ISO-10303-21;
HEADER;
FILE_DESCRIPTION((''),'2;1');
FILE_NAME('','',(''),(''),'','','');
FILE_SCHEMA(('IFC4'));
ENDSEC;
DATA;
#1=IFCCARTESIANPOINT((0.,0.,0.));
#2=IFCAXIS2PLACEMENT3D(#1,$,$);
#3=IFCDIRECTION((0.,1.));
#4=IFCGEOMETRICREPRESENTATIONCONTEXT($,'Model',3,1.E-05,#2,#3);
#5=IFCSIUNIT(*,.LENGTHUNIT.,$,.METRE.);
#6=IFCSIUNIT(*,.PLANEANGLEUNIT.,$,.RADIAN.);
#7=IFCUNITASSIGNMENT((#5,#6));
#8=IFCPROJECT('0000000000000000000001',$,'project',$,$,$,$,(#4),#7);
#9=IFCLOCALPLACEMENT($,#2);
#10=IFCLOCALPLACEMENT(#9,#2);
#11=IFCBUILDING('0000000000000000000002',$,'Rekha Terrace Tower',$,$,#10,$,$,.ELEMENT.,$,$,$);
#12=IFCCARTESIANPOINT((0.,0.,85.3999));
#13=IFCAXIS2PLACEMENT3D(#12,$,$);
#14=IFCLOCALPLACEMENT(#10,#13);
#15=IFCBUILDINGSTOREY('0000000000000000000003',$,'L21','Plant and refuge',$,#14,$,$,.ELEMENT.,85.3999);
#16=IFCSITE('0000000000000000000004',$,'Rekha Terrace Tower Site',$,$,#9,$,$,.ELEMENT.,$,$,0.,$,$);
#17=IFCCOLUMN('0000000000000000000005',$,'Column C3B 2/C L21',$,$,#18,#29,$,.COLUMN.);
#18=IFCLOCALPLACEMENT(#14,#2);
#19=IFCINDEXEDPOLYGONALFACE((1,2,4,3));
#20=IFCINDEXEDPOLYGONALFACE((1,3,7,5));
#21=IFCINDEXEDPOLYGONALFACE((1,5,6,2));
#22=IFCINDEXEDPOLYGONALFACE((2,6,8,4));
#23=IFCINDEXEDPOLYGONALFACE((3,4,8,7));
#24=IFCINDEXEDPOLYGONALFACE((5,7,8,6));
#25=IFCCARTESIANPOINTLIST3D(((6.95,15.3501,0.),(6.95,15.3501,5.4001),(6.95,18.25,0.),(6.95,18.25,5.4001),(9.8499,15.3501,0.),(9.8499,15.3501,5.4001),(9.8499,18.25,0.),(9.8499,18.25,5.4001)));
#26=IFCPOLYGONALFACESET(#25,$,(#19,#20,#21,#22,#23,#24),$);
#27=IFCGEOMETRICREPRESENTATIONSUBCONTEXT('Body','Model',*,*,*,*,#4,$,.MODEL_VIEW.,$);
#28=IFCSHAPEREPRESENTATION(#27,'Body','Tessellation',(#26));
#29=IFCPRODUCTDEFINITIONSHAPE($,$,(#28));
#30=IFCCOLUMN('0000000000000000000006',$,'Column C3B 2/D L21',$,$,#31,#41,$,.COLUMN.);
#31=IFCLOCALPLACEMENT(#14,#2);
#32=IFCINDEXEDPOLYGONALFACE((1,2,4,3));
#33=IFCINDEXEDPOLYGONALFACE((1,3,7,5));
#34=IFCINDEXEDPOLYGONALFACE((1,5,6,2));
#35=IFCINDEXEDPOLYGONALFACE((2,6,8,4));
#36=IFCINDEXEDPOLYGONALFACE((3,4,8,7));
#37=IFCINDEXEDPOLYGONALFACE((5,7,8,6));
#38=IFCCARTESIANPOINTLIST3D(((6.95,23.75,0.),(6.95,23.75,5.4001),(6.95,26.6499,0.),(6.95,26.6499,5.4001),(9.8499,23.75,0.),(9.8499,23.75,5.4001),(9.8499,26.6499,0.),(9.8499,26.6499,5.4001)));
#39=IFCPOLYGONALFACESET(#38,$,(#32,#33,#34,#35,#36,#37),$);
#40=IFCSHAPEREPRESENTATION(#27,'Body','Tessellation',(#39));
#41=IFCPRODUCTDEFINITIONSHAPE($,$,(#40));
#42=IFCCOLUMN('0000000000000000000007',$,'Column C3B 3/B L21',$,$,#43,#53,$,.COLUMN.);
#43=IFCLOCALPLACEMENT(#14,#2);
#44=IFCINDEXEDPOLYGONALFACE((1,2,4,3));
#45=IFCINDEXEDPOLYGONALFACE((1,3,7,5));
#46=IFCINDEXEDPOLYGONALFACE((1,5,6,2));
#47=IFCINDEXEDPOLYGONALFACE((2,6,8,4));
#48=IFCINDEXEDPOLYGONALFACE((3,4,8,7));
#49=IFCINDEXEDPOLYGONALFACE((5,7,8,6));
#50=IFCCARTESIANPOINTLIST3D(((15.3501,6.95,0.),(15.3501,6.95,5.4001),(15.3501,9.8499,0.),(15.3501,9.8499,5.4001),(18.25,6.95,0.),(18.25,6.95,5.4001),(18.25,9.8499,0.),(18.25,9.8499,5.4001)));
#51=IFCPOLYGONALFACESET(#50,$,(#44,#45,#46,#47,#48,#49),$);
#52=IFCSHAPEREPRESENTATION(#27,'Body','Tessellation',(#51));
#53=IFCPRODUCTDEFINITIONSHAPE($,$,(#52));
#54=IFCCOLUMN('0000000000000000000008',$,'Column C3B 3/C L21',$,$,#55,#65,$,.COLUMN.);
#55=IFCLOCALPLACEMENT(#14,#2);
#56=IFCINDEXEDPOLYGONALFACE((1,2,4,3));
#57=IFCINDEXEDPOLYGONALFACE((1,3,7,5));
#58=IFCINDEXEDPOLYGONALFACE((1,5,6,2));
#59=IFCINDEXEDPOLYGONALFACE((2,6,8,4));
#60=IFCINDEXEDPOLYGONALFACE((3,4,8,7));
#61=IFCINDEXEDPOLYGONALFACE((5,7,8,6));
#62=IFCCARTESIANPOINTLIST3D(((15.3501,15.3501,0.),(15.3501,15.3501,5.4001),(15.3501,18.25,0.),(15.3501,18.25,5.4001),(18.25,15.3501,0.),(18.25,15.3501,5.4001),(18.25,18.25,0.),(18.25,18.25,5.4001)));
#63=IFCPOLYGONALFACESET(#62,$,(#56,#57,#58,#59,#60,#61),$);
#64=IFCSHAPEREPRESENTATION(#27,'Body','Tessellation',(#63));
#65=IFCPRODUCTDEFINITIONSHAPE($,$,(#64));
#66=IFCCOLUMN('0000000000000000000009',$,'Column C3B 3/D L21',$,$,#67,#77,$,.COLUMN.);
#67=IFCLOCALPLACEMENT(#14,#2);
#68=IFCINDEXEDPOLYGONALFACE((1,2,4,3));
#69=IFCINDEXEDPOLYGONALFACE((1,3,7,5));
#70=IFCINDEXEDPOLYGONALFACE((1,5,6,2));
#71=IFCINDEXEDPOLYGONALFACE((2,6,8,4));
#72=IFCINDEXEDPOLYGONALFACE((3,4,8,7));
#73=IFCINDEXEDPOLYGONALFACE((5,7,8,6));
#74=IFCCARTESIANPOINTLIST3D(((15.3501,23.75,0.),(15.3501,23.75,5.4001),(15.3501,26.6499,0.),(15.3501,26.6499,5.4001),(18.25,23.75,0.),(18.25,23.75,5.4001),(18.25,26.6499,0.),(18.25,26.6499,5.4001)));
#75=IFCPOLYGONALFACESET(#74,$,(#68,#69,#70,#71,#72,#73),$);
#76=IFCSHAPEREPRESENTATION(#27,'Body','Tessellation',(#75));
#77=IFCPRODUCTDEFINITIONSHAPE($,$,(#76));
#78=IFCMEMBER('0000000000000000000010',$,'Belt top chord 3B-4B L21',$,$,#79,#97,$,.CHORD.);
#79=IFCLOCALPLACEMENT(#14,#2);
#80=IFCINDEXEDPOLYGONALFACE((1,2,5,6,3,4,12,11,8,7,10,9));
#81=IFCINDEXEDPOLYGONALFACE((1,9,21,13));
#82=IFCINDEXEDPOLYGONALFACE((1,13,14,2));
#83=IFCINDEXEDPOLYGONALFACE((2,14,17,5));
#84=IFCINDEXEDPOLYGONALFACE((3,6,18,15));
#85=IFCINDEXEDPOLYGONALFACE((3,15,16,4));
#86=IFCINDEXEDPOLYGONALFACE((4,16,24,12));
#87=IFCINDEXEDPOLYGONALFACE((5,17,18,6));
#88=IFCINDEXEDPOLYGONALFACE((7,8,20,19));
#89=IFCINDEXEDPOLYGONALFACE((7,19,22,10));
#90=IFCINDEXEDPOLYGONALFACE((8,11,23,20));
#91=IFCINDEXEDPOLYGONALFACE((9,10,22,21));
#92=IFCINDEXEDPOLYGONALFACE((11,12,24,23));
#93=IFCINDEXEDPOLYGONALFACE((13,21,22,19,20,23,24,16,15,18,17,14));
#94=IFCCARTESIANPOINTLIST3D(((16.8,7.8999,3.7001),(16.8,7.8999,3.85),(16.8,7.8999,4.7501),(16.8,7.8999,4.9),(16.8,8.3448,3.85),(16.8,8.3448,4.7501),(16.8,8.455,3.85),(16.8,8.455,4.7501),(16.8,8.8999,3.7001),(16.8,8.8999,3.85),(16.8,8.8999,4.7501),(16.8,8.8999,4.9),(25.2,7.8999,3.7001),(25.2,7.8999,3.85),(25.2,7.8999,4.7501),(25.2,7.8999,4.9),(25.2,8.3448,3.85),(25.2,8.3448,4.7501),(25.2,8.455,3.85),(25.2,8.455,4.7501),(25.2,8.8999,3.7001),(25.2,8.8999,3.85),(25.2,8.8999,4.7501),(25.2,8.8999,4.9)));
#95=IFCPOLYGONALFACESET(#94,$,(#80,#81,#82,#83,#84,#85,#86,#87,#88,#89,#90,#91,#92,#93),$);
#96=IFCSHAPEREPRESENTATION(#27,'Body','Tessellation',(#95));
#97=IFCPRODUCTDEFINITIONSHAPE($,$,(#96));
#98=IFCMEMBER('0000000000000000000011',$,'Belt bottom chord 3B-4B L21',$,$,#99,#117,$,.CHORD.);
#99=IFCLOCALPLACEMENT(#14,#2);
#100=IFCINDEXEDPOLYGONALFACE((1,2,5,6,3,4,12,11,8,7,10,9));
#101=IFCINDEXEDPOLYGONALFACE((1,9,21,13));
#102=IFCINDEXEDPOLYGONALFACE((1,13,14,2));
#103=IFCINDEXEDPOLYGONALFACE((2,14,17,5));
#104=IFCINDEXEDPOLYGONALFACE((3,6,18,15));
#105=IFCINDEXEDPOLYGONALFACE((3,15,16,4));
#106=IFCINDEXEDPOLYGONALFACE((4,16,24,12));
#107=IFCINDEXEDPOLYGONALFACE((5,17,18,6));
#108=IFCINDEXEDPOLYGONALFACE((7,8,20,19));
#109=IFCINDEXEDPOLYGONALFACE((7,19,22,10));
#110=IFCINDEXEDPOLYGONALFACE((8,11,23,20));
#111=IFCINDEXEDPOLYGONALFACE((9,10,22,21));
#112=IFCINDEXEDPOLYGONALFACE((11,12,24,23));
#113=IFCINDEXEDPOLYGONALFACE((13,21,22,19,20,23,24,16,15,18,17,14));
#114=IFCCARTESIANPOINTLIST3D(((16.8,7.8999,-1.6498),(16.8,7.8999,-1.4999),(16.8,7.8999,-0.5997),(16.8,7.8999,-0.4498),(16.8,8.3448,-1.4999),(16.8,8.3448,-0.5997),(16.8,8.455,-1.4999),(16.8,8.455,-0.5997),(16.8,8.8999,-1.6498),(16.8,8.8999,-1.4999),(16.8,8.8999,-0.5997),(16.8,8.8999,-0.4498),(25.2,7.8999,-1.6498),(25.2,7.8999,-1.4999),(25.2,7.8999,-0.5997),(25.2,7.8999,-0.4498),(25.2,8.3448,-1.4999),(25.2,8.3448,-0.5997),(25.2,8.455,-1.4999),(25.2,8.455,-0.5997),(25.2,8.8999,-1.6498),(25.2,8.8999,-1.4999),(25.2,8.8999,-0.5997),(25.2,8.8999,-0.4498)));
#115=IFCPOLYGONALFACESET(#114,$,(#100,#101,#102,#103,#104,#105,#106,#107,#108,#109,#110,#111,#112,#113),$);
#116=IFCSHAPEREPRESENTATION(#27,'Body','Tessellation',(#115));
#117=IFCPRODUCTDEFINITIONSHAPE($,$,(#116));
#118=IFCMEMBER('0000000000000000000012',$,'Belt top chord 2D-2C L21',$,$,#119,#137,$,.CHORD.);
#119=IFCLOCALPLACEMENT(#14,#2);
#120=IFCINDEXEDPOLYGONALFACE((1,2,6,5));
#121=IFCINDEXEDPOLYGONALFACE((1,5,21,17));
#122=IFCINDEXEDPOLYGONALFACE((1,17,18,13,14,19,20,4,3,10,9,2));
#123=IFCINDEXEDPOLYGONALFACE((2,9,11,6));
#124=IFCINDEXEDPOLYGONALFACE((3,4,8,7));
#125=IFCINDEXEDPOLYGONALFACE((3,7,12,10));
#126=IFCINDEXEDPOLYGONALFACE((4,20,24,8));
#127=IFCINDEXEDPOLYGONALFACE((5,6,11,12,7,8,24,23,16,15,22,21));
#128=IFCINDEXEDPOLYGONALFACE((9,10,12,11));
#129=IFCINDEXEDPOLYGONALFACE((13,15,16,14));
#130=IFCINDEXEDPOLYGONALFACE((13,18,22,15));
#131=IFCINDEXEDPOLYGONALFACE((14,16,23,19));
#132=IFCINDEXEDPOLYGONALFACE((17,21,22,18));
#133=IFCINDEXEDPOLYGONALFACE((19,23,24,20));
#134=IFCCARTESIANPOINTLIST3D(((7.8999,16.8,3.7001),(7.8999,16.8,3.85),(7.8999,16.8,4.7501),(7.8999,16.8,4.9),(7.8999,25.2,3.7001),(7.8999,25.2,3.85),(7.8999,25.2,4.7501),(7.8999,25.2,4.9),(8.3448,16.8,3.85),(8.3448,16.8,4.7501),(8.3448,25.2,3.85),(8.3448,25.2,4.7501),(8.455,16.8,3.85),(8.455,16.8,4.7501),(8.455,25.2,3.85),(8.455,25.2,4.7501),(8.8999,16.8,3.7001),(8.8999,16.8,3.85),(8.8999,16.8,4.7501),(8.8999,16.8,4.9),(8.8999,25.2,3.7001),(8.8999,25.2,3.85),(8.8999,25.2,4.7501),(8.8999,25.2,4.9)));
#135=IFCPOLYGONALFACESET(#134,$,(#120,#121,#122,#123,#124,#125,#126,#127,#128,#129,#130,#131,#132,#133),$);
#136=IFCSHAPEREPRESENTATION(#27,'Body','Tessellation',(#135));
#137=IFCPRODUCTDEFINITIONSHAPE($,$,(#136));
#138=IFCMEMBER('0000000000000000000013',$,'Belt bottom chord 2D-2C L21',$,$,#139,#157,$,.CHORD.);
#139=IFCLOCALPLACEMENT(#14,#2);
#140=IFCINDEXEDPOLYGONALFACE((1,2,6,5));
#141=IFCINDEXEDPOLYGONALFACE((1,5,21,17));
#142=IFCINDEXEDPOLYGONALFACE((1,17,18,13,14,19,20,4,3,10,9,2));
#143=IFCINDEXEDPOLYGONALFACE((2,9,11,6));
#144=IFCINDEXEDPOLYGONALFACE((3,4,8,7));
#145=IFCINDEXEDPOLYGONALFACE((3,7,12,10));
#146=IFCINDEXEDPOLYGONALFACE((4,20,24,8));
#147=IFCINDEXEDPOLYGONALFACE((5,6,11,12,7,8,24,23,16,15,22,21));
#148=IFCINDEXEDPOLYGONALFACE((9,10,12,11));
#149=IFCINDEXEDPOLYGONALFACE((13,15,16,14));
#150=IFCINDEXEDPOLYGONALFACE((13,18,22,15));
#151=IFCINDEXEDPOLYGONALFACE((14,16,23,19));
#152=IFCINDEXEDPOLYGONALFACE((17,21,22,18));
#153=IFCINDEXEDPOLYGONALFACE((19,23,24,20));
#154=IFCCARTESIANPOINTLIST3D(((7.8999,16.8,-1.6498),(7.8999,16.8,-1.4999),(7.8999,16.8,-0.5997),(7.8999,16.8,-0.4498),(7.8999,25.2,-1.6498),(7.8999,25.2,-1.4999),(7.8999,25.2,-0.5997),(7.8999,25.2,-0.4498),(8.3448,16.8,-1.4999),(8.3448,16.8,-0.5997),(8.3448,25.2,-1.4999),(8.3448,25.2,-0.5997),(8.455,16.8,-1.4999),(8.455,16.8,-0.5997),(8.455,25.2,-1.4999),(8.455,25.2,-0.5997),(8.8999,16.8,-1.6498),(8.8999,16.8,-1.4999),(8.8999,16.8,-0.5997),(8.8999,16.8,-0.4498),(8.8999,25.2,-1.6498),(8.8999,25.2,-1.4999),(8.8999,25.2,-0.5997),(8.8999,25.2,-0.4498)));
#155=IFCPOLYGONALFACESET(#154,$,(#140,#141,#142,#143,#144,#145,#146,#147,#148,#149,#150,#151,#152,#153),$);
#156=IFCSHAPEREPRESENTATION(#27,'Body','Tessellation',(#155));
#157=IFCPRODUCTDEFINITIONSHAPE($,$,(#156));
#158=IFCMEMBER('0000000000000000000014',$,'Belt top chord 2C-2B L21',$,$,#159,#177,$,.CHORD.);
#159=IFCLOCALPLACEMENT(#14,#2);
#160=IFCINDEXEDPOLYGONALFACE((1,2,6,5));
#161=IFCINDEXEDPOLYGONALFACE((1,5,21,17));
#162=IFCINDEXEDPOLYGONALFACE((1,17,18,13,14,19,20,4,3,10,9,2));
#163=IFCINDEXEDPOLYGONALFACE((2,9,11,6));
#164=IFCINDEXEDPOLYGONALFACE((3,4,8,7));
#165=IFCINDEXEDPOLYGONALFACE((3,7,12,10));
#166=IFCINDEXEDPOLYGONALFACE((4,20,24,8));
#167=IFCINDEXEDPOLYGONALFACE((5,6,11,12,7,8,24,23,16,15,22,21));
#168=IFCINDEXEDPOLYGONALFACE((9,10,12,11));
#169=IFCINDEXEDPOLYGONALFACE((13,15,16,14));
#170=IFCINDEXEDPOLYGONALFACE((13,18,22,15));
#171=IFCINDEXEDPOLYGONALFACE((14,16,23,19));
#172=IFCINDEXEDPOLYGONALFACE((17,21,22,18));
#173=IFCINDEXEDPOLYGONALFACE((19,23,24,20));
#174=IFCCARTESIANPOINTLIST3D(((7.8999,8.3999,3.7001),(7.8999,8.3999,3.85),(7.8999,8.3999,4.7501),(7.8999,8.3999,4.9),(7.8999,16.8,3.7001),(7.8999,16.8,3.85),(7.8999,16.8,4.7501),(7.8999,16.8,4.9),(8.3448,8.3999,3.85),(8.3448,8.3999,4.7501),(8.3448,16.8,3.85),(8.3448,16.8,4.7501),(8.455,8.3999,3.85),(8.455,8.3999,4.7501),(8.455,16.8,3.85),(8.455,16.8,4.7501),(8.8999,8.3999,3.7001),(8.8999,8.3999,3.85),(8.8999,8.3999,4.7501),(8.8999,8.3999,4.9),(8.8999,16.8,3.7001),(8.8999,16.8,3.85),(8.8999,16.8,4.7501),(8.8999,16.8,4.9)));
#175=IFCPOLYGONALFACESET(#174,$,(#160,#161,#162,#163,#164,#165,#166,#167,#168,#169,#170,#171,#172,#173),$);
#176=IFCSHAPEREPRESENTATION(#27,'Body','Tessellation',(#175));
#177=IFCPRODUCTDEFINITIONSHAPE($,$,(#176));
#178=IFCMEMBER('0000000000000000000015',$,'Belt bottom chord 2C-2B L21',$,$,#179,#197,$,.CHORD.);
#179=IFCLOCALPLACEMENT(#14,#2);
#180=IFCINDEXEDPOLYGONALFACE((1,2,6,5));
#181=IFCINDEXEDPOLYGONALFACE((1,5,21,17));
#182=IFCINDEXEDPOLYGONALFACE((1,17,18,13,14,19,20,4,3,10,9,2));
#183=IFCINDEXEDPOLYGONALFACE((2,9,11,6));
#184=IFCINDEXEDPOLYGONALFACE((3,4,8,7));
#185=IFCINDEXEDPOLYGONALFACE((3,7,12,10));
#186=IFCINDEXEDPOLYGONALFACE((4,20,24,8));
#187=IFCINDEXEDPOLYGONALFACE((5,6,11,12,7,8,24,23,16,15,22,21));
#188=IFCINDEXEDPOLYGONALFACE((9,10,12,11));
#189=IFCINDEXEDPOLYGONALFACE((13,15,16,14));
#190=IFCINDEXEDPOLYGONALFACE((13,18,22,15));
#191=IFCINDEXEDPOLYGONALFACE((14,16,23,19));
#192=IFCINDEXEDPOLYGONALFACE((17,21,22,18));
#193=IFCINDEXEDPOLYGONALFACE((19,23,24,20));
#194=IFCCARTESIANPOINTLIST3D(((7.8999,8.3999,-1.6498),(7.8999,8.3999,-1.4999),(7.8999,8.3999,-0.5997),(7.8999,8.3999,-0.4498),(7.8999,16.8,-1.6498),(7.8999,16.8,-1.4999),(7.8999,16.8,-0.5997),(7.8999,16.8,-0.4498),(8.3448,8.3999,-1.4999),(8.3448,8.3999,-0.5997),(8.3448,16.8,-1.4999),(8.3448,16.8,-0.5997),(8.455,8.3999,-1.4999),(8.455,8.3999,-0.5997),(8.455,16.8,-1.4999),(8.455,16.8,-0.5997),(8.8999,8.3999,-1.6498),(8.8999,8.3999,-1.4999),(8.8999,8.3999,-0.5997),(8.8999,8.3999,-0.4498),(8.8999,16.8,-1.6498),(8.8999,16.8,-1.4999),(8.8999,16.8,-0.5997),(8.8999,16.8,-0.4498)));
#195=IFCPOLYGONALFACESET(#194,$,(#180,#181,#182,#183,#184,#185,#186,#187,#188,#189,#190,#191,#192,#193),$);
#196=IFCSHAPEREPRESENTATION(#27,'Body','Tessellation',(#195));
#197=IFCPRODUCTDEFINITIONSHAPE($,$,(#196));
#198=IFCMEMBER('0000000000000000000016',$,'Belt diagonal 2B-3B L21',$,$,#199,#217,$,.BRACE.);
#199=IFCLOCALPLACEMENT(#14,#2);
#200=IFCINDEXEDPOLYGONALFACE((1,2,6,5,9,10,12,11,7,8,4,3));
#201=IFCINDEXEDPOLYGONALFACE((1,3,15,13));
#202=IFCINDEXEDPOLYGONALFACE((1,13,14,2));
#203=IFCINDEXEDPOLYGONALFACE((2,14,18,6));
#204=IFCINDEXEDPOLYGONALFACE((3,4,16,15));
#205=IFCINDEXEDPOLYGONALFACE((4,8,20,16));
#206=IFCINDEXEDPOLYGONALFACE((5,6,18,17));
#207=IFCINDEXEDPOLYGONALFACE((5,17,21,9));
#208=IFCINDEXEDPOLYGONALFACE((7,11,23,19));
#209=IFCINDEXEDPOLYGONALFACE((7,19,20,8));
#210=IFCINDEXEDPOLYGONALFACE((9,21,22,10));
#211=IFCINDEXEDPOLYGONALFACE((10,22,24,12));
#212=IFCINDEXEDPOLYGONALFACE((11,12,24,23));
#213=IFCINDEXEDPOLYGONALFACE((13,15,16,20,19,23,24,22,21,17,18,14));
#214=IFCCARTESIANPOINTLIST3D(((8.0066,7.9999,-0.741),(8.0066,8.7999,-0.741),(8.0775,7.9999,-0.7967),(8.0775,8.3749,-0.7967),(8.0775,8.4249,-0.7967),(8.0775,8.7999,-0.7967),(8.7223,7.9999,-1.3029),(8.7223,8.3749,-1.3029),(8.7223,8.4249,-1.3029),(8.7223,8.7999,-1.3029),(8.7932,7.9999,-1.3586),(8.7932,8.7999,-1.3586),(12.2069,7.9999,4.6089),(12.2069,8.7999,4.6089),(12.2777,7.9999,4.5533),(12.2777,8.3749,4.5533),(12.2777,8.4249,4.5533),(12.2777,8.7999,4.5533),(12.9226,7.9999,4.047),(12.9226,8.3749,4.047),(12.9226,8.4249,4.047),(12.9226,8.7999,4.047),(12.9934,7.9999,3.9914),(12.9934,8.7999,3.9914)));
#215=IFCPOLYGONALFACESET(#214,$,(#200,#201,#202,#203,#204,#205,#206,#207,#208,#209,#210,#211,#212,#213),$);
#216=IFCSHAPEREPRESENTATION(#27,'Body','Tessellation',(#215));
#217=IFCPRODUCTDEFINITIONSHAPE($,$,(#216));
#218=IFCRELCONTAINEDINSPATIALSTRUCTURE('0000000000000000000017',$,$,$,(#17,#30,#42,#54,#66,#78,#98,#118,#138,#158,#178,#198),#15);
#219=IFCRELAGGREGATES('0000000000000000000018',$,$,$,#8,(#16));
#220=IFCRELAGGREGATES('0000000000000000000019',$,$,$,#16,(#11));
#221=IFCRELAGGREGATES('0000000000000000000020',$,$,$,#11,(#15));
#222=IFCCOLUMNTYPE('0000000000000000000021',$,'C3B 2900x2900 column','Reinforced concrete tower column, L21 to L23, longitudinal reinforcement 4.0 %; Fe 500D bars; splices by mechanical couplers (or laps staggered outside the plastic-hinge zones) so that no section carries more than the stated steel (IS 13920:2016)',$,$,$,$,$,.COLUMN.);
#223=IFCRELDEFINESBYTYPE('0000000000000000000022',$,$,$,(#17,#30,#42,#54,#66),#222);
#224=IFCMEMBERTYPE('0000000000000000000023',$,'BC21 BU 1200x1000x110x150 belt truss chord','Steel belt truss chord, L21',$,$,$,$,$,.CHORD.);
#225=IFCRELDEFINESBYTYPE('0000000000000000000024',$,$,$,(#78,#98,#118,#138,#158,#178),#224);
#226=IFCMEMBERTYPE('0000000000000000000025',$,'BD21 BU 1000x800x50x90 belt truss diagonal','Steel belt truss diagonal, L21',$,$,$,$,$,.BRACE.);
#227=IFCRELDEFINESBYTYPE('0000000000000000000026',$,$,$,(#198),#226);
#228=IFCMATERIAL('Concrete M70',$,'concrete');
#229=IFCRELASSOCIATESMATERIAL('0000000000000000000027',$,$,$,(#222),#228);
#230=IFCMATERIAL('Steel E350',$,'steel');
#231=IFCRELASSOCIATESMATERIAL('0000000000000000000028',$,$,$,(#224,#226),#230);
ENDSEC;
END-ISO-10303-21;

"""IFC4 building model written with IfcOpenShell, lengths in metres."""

from ifc_helpers import new_model, si_unit, direction, frame, origin, origin_2d, place, context, subcontext, project, spatial, rectangle, i_section, extrude, material, material_profile, profile_set, type_object, element, save


model = new_model("IFC4")

# Units and contexts
model_context = context("Model", 3, precision=1e-05, world=origin(), true_north=direction((0.0, 1.0)))
body_context = subcontext(model_context, "Body", "Model", "MODEL_VIEW")
ifc_project = project(units=[si_unit("LENGTHUNIT", "METRE"), si_unit("PLANEANGLEUNIT", "RADIAN")], contexts=[model_context])

# Site, building, storey
site_placement = place(None, origin())
site = spatial("IfcSite", under=ifc_project, at=site_placement, Name="Rekha Terrace Tower Site", CompositionType="ELEMENT", RefElevation=0.0)
building_placement = place(site_placement, origin())
building = spatial("IfcBuilding", under=site, at=building_placement, Name="Rekha Terrace Tower", CompositionType="ELEMENT")
storey_placement = place(building_placement, frame((0.0, 0.0, 85.3999)))
storey = spatial("IfcBuildingStorey", under=building, at=storey_placement, Name="L21", Description="Plant and refuge", CompositionType="ELEMENT", Elevation=85.3999)

# Columns
ifc_material_1 = material(Name="Concrete M70", Category="concrete")
ifc_material_profile_1 = material_profile(ifc_material_1, rectangle(XDim=2.8999, YDim=2.8999, at=origin_2d()), Name="RC 2900x2900")
ifc_profile_set_1 = profile_set([ifc_material_profile_1], Name="Concrete M70")
column_type = type_object("IfcColumnType", Name="C3B 2900x2900 column", Description="Reinforced concrete tower column, L21 to L23, longitudinal reinforcement 4.0 %; Fe 500D bars; splices by mechanical couplers (or laps staggered outside the plastic-hinge zones) so that no section carries more than the stated steel (IS 13920:2016)", PredefinedType="COLUMN", material=ifc_profile_set_1)
for number, where, z_axis, x_axis, name in (
    (1, (8.3999, 16.8, 0.0), (0.0, 0.0, 1.0), (1.0, 0.0, 0.0), "Column C3B 2/C L21"),
    (2, (8.3999, 25.2, 0.0), (0.0, 0.0, 1.0), (1.0, 0.0, 0.0), "Column C3B 2/D L21"),
    (3, (16.8, 8.3999, 0.0), (0.0, 0.0, 1.0), (1.0, 0.0, 0.0), "Column C3B 3/B L21"),
    (4, (16.8, 16.8, 0.0), (0.0, 0.0, 1.0), (1.0, 0.0, 0.0), "Column C3B 3/C L21"),
    (5, (16.8, 25.2, 0.0), (0.0, 0.0, 1.0), (1.0, 0.0, 0.0), "Column C3B 3/D L21"),
):
    element("IfcColumn", number, at=place(storey_placement, frame(where, z_axis=z_axis, x_axis=x_axis)), inside=storey, type_object=column_type, Name=name, PredefinedType="COLUMN", context=body_context, shape_type="SweptSolid", body=[
        extrude(rectangle(XDim=2.8999, YDim=2.8999, at=origin_2d()), origin(), (0.0, 0.0, 1.0), 5.4001),
    ])

# Members
ifc_material_2 = material(Name="Steel E350", Category="steel")
ifc_material_profile_2 = material_profile(ifc_material_2, i_section(OverallWidth=1.0, OverallDepth=1.2, WebThickness=0.1101, FlangeThickness=0.1499, at=origin_2d()), Name="BU 1200x1000x110x150")
ifc_profile_set_2 = profile_set([ifc_material_profile_2], Name="Steel E350")
member_type_1 = type_object("IfcMemberType", Name="BC21 BU 1200x1000x110x150 belt truss chord", Description="Steel belt truss chord, L21", PredefinedType="CHORD", material=ifc_profile_set_2)
for number, where, z_axis, x_axis, name in (
    (6, (16.8, 8.3999, 4.3), (1.0, 0.0, 0.0), (0.0, 1.0, 0.0), "Belt top chord 3B-4B L21"),
    (7, (16.8, 8.3999, -1.0498), (1.0, 0.0, 0.0), (0.0, 1.0, 0.0), "Belt bottom chord 3B-4B L21"),
    (8, (8.3999, 25.2, 4.3), (0.0, -1.0, 0.0), (1.0, 0.0, 0.0), "Belt top chord 2D-2C L21"),
    (9, (8.3999, 25.2, -1.0498), (0.0, -1.0, 0.0), (1.0, 0.0, 0.0), "Belt bottom chord 2D-2C L21"),
):
    element("IfcMember", number, at=place(storey_placement, frame(where, z_axis=z_axis, x_axis=x_axis)), inside=storey, type_object=member_type_1, Name=name, PredefinedType="CHORD", context=body_context, shape_type="SweptSolid", body=[
        extrude(i_section(OverallWidth=1.0, OverallDepth=1.2, WebThickness=0.1101, FlangeThickness=0.1499, at=origin_2d()), origin(), (0.0, 0.0, 1.0), 8.3999),
    ])
for number, where, z_axis, x_axis, name in (
    (10, (8.3999, 16.8, 4.3), (0.0, -1.0, 0.0), (1.0, 0.0, 0.0), "Belt top chord 2C-2B L21"),
    (11, (8.3999, 16.8, -1.0498), (0.0, -1.0, 0.0), (1.0, 0.0, 0.0), "Belt bottom chord 2C-2B L21"),
):
    element("IfcMember", number, at=place(storey_placement, frame(where, z_axis=z_axis, x_axis=x_axis)), inside=storey, type_object=member_type_1, Name=name, PredefinedType="CHORD", context=body_context, shape_type="SweptSolid", body=[
        extrude(i_section(OverallWidth=1.0, OverallDepth=1.2, WebThickness=0.1101, FlangeThickness=0.1499, at=origin_2d()), origin(), (0.0, 0.0, 1.0), 8.4001),
    ])
ifc_material_profile_3 = material_profile(ifc_material_2, i_section(OverallWidth=0.8, OverallDepth=1.0, WebThickness=0.05, FlangeThickness=0.0901, at=origin_2d()), Name="BU 1000x800x50x90")
ifc_profile_set_3 = profile_set([ifc_material_profile_3], Name="Steel E350")
member_type_2 = type_object("IfcMemberType", Name="BD21 BU 1000x800x50x90 belt truss diagonal", Description="Steel belt truss diagonal, L21", PredefinedType="BRACE", material=ifc_profile_set_3)
member_1_placement = place(storey_placement, frame((8.3999, 8.3999, -1.0498), z_axis=(0.617525, 0.0, 0.786551), x_axis=(0.0, 1.0, 0.0)))
element("IfcMember", 12, at=member_1_placement, inside=storey, type_object=member_type_2, Name="Belt diagonal 2B-3B L21", PredefinedType="BRACE", context=body_context, shape_type="SweptSolid", body=[
    extrude(i_section(OverallWidth=0.8, OverallDepth=1.0, WebThickness=0.05, FlangeThickness=0.0901, at=origin_2d()), origin(), (0.0, 0.0, 1.0), 6.8018),
])

save(model, "model.ifc")
